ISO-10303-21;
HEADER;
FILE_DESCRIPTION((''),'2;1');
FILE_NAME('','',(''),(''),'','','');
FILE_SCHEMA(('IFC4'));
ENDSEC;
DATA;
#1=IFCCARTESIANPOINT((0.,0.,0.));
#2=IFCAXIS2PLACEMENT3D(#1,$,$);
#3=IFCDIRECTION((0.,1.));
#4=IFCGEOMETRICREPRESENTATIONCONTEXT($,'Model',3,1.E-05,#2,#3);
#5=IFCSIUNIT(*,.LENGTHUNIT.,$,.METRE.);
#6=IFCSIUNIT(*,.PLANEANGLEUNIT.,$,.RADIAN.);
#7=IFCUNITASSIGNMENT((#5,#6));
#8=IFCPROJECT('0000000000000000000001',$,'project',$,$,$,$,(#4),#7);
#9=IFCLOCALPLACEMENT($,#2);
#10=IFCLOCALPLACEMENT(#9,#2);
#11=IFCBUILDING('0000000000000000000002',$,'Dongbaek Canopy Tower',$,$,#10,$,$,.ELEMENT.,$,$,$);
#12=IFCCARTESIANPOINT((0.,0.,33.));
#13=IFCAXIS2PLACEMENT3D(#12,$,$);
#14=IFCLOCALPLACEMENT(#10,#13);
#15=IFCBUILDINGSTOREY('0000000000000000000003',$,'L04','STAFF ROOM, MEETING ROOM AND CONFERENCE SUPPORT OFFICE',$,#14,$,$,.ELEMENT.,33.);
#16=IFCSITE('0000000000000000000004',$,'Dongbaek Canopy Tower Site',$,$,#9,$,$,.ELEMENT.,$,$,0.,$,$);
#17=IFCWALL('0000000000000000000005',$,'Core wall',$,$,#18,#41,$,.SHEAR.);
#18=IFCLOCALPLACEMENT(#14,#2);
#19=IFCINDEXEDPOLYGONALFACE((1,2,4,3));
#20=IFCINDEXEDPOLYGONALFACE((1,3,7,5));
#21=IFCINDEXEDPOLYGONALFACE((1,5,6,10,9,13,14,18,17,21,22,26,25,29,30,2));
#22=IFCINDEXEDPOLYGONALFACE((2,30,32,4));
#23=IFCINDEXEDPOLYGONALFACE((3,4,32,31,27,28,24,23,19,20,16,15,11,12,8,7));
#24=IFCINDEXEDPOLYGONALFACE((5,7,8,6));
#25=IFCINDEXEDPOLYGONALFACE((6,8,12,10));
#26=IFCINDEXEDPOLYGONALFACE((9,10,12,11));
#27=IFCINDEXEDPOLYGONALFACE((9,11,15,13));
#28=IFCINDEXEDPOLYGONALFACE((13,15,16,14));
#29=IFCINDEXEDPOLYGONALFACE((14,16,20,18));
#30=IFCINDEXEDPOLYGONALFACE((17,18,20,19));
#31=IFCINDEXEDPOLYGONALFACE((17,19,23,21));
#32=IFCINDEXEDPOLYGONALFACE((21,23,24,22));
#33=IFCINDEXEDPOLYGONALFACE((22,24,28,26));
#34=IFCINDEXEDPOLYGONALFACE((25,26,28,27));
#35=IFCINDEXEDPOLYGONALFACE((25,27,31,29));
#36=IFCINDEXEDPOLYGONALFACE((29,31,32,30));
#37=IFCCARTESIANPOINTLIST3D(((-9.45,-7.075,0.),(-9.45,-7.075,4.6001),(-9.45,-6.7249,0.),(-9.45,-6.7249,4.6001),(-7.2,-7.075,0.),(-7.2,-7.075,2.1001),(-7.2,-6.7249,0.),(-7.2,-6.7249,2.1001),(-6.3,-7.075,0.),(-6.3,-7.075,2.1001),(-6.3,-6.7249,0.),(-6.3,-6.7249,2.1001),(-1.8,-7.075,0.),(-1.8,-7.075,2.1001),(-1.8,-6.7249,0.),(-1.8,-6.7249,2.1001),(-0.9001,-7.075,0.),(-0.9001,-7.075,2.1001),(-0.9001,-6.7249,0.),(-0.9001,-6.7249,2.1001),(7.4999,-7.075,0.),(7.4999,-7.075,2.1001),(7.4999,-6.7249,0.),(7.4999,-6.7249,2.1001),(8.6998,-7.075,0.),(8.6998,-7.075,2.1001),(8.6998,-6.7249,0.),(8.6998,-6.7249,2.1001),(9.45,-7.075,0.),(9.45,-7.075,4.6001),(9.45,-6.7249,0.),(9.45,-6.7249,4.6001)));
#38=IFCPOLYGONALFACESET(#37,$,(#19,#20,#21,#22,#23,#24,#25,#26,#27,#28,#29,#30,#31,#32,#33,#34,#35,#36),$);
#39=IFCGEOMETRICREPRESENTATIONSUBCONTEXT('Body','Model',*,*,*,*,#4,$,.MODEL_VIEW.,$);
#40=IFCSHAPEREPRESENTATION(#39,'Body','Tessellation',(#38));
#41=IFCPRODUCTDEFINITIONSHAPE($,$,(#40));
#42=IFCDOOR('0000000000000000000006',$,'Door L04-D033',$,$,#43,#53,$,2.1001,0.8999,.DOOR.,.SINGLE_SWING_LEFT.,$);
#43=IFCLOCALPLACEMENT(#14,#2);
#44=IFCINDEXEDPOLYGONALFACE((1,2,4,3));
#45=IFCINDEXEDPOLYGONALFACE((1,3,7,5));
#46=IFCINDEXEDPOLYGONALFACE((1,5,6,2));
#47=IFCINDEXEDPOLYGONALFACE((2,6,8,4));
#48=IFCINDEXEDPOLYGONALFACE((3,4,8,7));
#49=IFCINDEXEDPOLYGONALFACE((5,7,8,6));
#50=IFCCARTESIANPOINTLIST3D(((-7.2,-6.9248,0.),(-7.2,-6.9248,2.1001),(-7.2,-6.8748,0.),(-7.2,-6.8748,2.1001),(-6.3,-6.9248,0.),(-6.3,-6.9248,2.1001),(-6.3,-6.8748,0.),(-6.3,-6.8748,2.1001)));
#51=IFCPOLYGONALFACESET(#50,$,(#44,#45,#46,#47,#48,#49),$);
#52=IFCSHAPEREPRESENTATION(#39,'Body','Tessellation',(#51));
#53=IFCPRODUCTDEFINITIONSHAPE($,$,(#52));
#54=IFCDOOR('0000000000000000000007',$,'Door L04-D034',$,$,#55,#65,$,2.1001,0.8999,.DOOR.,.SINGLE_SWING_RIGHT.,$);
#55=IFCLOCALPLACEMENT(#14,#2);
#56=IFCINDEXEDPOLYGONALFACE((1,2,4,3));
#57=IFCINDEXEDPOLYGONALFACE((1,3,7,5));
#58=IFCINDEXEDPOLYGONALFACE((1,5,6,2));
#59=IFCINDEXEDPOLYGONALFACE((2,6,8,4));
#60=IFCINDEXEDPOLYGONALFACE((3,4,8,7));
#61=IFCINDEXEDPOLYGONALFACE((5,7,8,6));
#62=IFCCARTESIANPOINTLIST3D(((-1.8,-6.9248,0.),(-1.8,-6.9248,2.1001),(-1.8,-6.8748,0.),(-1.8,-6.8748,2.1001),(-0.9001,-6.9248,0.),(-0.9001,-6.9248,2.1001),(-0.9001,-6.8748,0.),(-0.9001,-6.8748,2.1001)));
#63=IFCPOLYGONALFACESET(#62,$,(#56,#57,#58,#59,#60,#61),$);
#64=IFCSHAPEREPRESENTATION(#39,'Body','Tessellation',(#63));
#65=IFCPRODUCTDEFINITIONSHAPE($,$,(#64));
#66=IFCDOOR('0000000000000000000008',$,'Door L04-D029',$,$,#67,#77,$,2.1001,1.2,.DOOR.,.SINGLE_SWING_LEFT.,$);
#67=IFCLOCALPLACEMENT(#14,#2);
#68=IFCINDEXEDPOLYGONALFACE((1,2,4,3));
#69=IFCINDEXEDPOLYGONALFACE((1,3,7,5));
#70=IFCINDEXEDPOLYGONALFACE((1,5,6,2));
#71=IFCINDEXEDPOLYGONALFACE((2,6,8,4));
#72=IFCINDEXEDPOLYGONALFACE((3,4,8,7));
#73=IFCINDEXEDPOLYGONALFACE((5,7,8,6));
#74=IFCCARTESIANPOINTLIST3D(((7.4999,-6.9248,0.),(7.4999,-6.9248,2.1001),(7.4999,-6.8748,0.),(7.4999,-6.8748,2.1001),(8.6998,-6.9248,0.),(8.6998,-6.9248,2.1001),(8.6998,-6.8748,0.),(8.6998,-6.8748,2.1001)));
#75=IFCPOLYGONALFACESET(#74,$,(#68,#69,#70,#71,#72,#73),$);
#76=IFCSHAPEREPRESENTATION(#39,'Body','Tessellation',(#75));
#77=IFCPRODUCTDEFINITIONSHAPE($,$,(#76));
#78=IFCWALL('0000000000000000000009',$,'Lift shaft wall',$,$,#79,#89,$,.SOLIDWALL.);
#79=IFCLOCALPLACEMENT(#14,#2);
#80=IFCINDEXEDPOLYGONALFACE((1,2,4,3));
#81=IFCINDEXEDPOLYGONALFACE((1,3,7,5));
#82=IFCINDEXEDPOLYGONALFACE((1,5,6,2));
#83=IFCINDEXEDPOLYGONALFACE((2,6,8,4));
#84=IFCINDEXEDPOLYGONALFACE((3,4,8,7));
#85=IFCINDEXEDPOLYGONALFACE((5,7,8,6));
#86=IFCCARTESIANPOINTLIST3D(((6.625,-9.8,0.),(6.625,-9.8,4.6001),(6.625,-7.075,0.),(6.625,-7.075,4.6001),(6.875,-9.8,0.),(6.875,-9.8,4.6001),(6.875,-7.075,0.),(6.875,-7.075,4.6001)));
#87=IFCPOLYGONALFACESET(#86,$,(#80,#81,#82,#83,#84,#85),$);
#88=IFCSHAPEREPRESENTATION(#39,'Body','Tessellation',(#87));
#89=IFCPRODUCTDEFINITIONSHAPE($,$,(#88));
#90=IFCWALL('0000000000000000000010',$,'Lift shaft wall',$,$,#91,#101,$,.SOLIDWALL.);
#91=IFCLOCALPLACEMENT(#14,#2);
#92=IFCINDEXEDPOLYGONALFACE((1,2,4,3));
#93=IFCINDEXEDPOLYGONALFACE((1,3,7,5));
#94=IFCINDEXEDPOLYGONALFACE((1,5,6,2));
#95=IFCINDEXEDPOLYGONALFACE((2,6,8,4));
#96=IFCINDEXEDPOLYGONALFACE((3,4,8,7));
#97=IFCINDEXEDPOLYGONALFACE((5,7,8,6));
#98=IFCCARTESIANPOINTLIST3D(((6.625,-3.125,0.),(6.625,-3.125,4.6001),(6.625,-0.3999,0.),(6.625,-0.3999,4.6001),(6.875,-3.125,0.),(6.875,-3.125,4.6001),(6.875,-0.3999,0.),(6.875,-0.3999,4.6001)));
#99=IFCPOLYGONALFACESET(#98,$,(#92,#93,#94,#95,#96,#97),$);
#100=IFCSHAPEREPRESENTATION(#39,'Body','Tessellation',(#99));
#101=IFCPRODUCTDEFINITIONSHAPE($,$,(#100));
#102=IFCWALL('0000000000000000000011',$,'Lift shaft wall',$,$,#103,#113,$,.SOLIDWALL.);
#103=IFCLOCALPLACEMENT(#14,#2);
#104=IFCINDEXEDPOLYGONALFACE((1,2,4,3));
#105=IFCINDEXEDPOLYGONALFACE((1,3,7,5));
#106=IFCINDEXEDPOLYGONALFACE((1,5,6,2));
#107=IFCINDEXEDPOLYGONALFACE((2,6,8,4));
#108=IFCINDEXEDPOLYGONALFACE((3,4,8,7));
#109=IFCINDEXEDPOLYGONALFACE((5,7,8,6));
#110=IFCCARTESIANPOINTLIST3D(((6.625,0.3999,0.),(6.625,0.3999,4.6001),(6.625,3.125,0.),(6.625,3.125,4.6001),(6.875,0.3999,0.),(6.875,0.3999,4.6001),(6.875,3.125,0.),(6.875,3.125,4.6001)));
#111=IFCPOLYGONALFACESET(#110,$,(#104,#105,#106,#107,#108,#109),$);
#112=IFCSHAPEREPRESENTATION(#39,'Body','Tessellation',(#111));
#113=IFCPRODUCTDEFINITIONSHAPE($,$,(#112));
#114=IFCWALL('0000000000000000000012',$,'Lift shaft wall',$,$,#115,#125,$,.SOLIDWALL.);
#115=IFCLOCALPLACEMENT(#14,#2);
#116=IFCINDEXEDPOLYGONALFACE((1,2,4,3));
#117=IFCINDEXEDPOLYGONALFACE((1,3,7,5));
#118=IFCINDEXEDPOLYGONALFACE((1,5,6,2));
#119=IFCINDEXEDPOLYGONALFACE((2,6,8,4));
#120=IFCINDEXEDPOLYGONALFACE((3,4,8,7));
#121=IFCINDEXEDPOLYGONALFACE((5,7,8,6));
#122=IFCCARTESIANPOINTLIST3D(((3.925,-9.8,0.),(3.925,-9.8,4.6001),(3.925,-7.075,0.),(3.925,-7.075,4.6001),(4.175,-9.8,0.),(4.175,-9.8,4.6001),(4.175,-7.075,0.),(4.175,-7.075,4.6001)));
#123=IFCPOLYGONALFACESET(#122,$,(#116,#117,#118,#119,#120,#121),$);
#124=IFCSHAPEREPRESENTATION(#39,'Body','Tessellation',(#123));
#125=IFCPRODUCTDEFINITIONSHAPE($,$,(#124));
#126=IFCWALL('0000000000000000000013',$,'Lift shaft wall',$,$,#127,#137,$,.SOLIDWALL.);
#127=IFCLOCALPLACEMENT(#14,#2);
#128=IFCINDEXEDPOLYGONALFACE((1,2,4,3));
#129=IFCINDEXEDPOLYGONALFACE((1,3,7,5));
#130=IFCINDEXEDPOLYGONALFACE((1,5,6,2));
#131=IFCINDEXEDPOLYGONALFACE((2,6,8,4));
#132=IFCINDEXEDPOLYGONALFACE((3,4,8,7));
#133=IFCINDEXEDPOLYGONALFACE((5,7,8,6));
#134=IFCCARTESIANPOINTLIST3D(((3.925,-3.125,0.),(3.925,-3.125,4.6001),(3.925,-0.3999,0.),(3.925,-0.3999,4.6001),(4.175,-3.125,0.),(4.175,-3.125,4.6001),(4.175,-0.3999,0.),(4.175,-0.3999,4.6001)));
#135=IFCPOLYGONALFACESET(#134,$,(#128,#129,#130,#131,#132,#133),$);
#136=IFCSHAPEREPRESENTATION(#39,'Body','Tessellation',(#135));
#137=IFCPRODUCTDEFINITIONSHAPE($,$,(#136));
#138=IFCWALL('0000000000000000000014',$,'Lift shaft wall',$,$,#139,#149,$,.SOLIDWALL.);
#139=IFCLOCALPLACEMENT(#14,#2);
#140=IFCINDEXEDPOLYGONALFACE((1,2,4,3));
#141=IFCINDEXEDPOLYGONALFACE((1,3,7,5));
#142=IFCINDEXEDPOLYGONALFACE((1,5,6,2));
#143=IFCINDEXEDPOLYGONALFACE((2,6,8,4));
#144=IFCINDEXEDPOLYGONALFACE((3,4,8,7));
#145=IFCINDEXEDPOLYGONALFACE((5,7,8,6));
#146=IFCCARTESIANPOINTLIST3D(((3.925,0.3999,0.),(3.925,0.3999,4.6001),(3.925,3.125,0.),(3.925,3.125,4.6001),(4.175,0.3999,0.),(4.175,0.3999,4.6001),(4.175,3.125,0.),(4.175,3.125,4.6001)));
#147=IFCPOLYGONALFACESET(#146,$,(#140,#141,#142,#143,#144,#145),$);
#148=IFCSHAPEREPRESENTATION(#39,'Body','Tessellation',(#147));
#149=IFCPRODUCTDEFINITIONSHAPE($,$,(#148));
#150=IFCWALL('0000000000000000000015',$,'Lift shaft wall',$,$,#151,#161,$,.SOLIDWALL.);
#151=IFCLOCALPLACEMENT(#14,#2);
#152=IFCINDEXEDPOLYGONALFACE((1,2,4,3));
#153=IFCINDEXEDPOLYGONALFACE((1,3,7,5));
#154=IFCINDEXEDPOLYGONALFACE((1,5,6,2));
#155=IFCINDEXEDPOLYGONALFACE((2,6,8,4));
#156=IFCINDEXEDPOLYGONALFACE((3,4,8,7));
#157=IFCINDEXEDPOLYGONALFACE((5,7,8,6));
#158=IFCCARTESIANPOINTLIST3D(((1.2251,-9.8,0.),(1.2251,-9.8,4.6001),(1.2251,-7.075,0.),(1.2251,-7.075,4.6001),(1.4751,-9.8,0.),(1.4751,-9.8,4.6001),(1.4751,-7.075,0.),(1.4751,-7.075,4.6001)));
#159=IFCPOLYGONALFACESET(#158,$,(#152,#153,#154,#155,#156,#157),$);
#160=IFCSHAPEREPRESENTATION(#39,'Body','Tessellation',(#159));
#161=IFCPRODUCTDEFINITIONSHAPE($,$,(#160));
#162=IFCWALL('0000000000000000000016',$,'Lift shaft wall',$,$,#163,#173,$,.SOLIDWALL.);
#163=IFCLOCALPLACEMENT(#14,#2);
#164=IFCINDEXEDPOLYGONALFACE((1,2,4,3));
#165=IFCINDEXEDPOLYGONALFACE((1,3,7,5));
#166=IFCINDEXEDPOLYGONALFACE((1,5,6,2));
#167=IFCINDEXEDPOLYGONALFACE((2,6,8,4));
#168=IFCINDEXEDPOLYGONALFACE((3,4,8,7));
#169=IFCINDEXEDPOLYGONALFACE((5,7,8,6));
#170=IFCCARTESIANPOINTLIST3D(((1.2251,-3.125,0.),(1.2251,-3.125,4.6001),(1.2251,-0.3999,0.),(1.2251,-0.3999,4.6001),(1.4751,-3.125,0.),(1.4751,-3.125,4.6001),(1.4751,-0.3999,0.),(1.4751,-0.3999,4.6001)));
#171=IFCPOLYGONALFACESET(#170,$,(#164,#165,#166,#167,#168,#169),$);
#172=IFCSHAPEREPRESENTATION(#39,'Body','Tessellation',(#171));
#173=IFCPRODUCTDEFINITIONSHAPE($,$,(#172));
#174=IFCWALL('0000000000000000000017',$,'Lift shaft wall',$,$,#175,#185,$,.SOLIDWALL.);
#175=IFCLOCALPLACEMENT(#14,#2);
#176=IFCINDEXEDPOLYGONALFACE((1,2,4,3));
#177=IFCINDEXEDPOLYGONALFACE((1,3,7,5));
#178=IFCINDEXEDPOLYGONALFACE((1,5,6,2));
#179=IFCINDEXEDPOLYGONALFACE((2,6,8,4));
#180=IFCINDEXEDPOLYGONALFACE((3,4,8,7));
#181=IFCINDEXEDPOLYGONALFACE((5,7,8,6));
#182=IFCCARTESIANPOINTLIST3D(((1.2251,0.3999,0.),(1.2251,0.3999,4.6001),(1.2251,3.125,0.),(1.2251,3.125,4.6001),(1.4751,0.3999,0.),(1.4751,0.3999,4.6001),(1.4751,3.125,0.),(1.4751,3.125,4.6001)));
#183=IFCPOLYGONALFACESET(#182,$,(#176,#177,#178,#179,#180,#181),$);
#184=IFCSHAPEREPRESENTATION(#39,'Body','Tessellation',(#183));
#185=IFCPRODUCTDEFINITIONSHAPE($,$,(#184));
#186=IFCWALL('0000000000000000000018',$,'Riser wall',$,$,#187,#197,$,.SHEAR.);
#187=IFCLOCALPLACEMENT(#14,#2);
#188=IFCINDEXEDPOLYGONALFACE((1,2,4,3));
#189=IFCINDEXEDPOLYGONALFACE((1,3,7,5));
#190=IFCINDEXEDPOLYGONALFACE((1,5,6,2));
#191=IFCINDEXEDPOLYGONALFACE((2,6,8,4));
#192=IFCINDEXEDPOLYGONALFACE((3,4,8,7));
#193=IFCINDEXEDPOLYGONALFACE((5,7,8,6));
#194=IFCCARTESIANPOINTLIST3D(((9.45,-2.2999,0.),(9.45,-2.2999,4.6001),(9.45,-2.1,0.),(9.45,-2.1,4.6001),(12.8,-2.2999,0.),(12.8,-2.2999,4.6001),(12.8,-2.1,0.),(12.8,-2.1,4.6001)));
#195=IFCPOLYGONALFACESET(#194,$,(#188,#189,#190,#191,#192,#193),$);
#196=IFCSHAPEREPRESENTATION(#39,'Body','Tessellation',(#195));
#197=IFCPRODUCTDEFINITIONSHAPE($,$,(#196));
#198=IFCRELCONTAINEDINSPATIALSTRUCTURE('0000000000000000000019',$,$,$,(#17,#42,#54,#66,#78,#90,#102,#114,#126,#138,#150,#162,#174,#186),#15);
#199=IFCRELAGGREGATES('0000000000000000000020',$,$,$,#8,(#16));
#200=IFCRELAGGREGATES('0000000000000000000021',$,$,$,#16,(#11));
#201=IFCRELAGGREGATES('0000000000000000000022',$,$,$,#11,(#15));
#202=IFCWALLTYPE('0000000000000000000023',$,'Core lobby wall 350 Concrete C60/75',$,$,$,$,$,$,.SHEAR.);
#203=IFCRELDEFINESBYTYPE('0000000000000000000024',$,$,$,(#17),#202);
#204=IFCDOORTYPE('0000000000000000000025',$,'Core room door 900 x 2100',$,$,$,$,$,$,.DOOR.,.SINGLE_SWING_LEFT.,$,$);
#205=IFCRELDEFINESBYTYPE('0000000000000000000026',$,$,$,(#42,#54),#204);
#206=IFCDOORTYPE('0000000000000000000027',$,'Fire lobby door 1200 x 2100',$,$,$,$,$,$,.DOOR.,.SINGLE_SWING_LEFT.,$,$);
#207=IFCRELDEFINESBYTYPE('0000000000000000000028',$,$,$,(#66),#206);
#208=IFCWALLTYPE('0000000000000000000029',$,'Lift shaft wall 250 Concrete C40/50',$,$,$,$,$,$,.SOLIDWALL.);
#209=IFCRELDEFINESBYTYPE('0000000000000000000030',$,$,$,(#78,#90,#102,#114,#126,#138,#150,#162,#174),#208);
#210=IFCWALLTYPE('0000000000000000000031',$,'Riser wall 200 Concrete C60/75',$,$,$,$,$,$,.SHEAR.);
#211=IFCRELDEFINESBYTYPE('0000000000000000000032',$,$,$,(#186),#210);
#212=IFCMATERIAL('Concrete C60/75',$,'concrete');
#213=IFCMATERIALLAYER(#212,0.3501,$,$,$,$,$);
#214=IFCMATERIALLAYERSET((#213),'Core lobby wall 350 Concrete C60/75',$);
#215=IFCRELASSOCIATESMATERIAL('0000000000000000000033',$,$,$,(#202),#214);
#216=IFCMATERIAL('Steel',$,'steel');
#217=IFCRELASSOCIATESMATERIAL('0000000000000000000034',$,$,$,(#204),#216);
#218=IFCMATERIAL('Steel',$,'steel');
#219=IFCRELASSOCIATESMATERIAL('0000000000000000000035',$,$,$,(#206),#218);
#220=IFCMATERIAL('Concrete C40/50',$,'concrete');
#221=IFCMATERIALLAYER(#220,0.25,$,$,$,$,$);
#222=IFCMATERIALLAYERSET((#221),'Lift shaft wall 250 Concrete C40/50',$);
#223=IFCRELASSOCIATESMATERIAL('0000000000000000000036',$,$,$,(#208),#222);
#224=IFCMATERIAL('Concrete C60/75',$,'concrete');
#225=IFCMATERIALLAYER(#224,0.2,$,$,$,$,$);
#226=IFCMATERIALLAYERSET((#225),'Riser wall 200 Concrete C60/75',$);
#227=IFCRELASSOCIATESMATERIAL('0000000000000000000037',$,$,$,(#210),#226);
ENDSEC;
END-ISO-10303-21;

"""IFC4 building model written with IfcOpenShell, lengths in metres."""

from ifc_helpers import new_model, si_unit, direction, frame, frame_2d, origin, place, context, subcontext, project, spatial, rectangle, extrude, material, layer, layer_set, type_object, element, fill, save


model = new_model("IFC4")

# Units and contexts
model_context = context("Model", 3, precision=1e-05, world=origin(), true_north=direction((0.0, 1.0)))
body_context = subcontext(model_context, "Body", "Model", "MODEL_VIEW")
ifc_project = project(units=[si_unit("LENGTHUNIT", "METRE"), si_unit("PLANEANGLEUNIT", "RADIAN")], contexts=[model_context])

# Site, building, storey
site_placement = place(None, origin())
site = spatial("IfcSite", under=ifc_project, at=site_placement, Name="Dongbaek Canopy Tower Site", CompositionType="ELEMENT", RefElevation=0.0)
building_placement = place(site_placement, origin())
building = spatial("IfcBuilding", under=site, at=building_placement, Name="Dongbaek Canopy Tower", CompositionType="ELEMENT")
storey_placement = place(building_placement, frame((0.0, 0.0, 33.0)))
storey = spatial("IfcBuildingStorey", under=building, at=storey_placement, Name="L04", Description="STAFF ROOM, MEETING ROOM AND CONFERENCE SUPPORT OFFICE", CompositionType="ELEMENT", Elevation=33.0)

# Wall, openings, doors
ifc_material_1 = material(Name="Concrete C60/75", Category="concrete")
ifc_layer_1 = layer(ifc_material_1, 0.3501)
ifc_layer_set_1 = layer_set([ifc_layer_1], Name="Core lobby wall 350 Concrete C60/75")
wall_type_1 = type_object("IfcWallType", Name="Core lobby wall 350 Concrete C60/75", PredefinedType="SHEAR", material=ifc_layer_set_1)
wall_1_placement = place(storey_placement, frame((9.45, -6.8999, 0.0), z_axis=(0.0, 0.0, 1.0), x_axis=(-1.0, 0.0, 0.0)))
wall_1 = element("IfcWall", 1, at=wall_1_placement, inside=storey, type_object=wall_type_1, Name="Core wall", PredefinedType="SHEAR", context=body_context, shape_type="SweptSolid", body=[
    extrude(rectangle(XDim=18.8999, YDim=0.3501, at=frame_2d((9.45, 0.0))), origin(), (0.0, 0.0, 1.0), 4.6001),
])
opening_1_placement = place(wall_1_placement, frame((0.75, 0.0, 0.0)))
opening_1 = element("IfcOpeningElement", 2, at=opening_1_placement, cuts=wall_1, PredefinedType="OPENING", context=body_context, shape_type="SweptSolid", body=[
    extrude(rectangle(XDim=1.2, YDim=2.1001, at=frame_2d((0.6001, 1.05))), frame((0.0, 0.1851, 0.0), z_axis=(0.0, -1.0, 0.0), x_axis=(1.0, 0.0, 0.0)), (0.0, 0.0, 1.0), 0.3701),
])
opening_2_placement = place(wall_1_placement, frame((15.75, 0.0, 0.0)))
opening_2 = element("IfcOpeningElement", 3, at=opening_2_placement, cuts=wall_1, PredefinedType="OPENING", context=body_context, shape_type="SweptSolid", body=[
    extrude(rectangle(XDim=0.8999, YDim=2.1001, at=frame_2d((0.45, 1.05))), frame((0.0, 0.1851, 0.0), z_axis=(0.0, -1.0, 0.0), x_axis=(1.0, 0.0, 0.0)), (0.0, 0.0, 1.0), 0.3701),
])
opening_3_placement = place(wall_1_placement, frame((10.3501, 0.0, 0.0)))
opening_3 = element("IfcOpeningElement", 4, at=opening_3_placement, cuts=wall_1, PredefinedType="OPENING", context=body_context, shape_type="SweptSolid", body=[
    extrude(rectangle(XDim=0.8999, YDim=2.1001, at=frame_2d((0.45, 1.05))), frame((0.0, 0.1851, 0.0), z_axis=(0.0, -1.0, 0.0), x_axis=(1.0, 0.0, 0.0)), (0.0, 0.0, 1.0), 0.3701),
])
ifc_material_2 = material(Name="Steel", Category="steel")
door_type_1 = type_object("IfcDoorType", Name="Core room door 900 x 2100", OperationType="SINGLE_SWING_LEFT", PredefinedType="DOOR", material=ifc_material_2)
door_1_placement = place(opening_2_placement, origin())
door_1 = element("IfcDoor", 5, at=door_1_placement, inside=storey, type_object=door_type_1, Name="Door L04-D033", OperationType="SINGLE_SWING_LEFT", OverallHeight=2.1001, OverallWidth=0.8999, PredefinedType="DOOR", context=body_context, shape_type="SweptSolid", body=[
    extrude(rectangle(XDim=0.8999, YDim=2.1001, at=frame_2d((0.45, 1.05))), frame((0.0, 0.0249, 0.0), z_axis=(0.0, -1.0, 0.0), x_axis=(1.0, 0.0, 0.0)), (0.0, 0.0, 1.0), 0.05),
])
fill(opening_2, door_1)
door_2_placement = place(opening_3_placement, origin())
door_2 = element("IfcDoor", 6, at=door_2_placement, inside=storey, type_object=door_type_1, Name="Door L04-D034", OperationType="SINGLE_SWING_RIGHT", OverallHeight=2.1001, OverallWidth=0.8999, PredefinedType="DOOR", context=body_context, shape_type="SweptSolid", body=[
    extrude(rectangle(XDim=0.8999, YDim=2.1001, at=frame_2d((0.45, 1.05))), frame((0.0, 0.0249, 0.0), z_axis=(0.0, -1.0, 0.0), x_axis=(1.0, 0.0, 0.0)), (0.0, 0.0, 1.0), 0.05),
])
fill(opening_3, door_2)
ifc_material_3 = material(Name="Steel", Category="steel")
door_type_2 = type_object("IfcDoorType", Name="Fire lobby door 1200 x 2100", OperationType="SINGLE_SWING_LEFT", PredefinedType="DOOR", material=ifc_material_3)
door_3_placement = place(opening_1_placement, origin())
door_3 = element("IfcDoor", 7, at=door_3_placement, inside=storey, type_object=door_type_2, Name="Door L04-D029", OperationType="SINGLE_SWING_LEFT", OverallHeight=2.1001, OverallWidth=1.2, PredefinedType="DOOR", context=body_context, shape_type="SweptSolid", body=[
    extrude(rectangle(XDim=1.2, YDim=2.1001, at=frame_2d((0.6001, 1.05))), frame((0.0, 0.0249, 0.0), z_axis=(0.0, -1.0, 0.0), x_axis=(1.0, 0.0, 0.0)), (0.0, 0.0, 1.0), 0.05),
])
fill(opening_1, door_3)

# Walls
ifc_material_4 = material(Name="Concrete C40/50", Category="concrete")
ifc_layer_2 = layer(ifc_material_4, 0.25)
ifc_layer_set_2 = layer_set([ifc_layer_2], Name="Lift shaft wall 250 Concrete C40/50")
wall_type_2 = type_object("IfcWallType", Name="Lift shaft wall 250 Concrete C40/50", PredefinedType="SOLIDWALL", material=ifc_layer_set_2)
for number, where, z_axis, x_axis, name in (
    (8, (6.75, -9.8, 0.0), (0.0, 0.0, 1.0), (0.0, 1.0, 0.0), "Lift shaft wall"),
    (9, (6.75, -3.125, 0.0), (0.0, 0.0, 1.0), (0.0, 1.0, 0.0), "Lift shaft wall"),
    (10, (6.75, 0.3999, 0.0), (0.0, 0.0, 1.0), (0.0, 1.0, 0.0), "Lift shaft wall"),
    (11, (4.05, -9.8, 0.0), (0.0, 0.0, 1.0), (0.0, 1.0, 0.0), "Lift shaft wall"),
    (12, (4.05, -3.125, 0.0), (0.0, 0.0, 1.0), (0.0, 1.0, 0.0), "Lift shaft wall"),
    (13, (4.05, 0.3999, 0.0), (0.0, 0.0, 1.0), (0.0, 1.0, 0.0), "Lift shaft wall"),
    (14, (1.3501, -9.8, 0.0), (0.0, 0.0, 1.0), (0.0, 1.0, 0.0), "Lift shaft wall"),
    (15, (1.3501, -3.125, 0.0), (0.0, 0.0, 1.0), (0.0, 1.0, 0.0), "Lift shaft wall"),
    (16, (1.3501, 0.3999, 0.0), (0.0, 0.0, 1.0), (0.0, 1.0, 0.0), "Lift shaft wall"),
):
    element("IfcWall", number, at=place(storey_placement, frame(where, z_axis=z_axis, x_axis=x_axis)), inside=storey, type_object=wall_type_2, Name=name, PredefinedType="SOLIDWALL", context=body_context, shape_type="SweptSolid", body=[
        extrude(rectangle(XDim=2.7251, YDim=0.25, at=frame_2d((1.3625, 0.0))), origin(), (0.0, 0.0, 1.0), 4.6001),
    ])
ifc_material_5 = material(Name="Concrete C60/75", Category="concrete")
ifc_layer_3 = layer(ifc_material_5, 0.2)
ifc_layer_set_3 = layer_set([ifc_layer_3], Name="Riser wall 200 Concrete C60/75")
wall_type_3 = type_object("IfcWallType", Name="Riser wall 200 Concrete C60/75", PredefinedType="SHEAR", material=ifc_layer_set_3)
wall_2_placement = place(storey_placement, frame((9.45, -2.2, 0.0), z_axis=(0.0, 0.0, 1.0), x_axis=(1.0, 0.0, 0.0)))
element("IfcWall", 17, at=wall_2_placement, inside=storey, type_object=wall_type_3, Name="Riser wall", PredefinedType="SHEAR", context=body_context, shape_type="SweptSolid", body=[
    extrude(rectangle(XDim=3.3501, YDim=0.2, at=frame_2d((1.675, 0.0))), origin(), (0.0, 0.0, 1.0), 4.6001),
])

save(model, "model.ifc")
